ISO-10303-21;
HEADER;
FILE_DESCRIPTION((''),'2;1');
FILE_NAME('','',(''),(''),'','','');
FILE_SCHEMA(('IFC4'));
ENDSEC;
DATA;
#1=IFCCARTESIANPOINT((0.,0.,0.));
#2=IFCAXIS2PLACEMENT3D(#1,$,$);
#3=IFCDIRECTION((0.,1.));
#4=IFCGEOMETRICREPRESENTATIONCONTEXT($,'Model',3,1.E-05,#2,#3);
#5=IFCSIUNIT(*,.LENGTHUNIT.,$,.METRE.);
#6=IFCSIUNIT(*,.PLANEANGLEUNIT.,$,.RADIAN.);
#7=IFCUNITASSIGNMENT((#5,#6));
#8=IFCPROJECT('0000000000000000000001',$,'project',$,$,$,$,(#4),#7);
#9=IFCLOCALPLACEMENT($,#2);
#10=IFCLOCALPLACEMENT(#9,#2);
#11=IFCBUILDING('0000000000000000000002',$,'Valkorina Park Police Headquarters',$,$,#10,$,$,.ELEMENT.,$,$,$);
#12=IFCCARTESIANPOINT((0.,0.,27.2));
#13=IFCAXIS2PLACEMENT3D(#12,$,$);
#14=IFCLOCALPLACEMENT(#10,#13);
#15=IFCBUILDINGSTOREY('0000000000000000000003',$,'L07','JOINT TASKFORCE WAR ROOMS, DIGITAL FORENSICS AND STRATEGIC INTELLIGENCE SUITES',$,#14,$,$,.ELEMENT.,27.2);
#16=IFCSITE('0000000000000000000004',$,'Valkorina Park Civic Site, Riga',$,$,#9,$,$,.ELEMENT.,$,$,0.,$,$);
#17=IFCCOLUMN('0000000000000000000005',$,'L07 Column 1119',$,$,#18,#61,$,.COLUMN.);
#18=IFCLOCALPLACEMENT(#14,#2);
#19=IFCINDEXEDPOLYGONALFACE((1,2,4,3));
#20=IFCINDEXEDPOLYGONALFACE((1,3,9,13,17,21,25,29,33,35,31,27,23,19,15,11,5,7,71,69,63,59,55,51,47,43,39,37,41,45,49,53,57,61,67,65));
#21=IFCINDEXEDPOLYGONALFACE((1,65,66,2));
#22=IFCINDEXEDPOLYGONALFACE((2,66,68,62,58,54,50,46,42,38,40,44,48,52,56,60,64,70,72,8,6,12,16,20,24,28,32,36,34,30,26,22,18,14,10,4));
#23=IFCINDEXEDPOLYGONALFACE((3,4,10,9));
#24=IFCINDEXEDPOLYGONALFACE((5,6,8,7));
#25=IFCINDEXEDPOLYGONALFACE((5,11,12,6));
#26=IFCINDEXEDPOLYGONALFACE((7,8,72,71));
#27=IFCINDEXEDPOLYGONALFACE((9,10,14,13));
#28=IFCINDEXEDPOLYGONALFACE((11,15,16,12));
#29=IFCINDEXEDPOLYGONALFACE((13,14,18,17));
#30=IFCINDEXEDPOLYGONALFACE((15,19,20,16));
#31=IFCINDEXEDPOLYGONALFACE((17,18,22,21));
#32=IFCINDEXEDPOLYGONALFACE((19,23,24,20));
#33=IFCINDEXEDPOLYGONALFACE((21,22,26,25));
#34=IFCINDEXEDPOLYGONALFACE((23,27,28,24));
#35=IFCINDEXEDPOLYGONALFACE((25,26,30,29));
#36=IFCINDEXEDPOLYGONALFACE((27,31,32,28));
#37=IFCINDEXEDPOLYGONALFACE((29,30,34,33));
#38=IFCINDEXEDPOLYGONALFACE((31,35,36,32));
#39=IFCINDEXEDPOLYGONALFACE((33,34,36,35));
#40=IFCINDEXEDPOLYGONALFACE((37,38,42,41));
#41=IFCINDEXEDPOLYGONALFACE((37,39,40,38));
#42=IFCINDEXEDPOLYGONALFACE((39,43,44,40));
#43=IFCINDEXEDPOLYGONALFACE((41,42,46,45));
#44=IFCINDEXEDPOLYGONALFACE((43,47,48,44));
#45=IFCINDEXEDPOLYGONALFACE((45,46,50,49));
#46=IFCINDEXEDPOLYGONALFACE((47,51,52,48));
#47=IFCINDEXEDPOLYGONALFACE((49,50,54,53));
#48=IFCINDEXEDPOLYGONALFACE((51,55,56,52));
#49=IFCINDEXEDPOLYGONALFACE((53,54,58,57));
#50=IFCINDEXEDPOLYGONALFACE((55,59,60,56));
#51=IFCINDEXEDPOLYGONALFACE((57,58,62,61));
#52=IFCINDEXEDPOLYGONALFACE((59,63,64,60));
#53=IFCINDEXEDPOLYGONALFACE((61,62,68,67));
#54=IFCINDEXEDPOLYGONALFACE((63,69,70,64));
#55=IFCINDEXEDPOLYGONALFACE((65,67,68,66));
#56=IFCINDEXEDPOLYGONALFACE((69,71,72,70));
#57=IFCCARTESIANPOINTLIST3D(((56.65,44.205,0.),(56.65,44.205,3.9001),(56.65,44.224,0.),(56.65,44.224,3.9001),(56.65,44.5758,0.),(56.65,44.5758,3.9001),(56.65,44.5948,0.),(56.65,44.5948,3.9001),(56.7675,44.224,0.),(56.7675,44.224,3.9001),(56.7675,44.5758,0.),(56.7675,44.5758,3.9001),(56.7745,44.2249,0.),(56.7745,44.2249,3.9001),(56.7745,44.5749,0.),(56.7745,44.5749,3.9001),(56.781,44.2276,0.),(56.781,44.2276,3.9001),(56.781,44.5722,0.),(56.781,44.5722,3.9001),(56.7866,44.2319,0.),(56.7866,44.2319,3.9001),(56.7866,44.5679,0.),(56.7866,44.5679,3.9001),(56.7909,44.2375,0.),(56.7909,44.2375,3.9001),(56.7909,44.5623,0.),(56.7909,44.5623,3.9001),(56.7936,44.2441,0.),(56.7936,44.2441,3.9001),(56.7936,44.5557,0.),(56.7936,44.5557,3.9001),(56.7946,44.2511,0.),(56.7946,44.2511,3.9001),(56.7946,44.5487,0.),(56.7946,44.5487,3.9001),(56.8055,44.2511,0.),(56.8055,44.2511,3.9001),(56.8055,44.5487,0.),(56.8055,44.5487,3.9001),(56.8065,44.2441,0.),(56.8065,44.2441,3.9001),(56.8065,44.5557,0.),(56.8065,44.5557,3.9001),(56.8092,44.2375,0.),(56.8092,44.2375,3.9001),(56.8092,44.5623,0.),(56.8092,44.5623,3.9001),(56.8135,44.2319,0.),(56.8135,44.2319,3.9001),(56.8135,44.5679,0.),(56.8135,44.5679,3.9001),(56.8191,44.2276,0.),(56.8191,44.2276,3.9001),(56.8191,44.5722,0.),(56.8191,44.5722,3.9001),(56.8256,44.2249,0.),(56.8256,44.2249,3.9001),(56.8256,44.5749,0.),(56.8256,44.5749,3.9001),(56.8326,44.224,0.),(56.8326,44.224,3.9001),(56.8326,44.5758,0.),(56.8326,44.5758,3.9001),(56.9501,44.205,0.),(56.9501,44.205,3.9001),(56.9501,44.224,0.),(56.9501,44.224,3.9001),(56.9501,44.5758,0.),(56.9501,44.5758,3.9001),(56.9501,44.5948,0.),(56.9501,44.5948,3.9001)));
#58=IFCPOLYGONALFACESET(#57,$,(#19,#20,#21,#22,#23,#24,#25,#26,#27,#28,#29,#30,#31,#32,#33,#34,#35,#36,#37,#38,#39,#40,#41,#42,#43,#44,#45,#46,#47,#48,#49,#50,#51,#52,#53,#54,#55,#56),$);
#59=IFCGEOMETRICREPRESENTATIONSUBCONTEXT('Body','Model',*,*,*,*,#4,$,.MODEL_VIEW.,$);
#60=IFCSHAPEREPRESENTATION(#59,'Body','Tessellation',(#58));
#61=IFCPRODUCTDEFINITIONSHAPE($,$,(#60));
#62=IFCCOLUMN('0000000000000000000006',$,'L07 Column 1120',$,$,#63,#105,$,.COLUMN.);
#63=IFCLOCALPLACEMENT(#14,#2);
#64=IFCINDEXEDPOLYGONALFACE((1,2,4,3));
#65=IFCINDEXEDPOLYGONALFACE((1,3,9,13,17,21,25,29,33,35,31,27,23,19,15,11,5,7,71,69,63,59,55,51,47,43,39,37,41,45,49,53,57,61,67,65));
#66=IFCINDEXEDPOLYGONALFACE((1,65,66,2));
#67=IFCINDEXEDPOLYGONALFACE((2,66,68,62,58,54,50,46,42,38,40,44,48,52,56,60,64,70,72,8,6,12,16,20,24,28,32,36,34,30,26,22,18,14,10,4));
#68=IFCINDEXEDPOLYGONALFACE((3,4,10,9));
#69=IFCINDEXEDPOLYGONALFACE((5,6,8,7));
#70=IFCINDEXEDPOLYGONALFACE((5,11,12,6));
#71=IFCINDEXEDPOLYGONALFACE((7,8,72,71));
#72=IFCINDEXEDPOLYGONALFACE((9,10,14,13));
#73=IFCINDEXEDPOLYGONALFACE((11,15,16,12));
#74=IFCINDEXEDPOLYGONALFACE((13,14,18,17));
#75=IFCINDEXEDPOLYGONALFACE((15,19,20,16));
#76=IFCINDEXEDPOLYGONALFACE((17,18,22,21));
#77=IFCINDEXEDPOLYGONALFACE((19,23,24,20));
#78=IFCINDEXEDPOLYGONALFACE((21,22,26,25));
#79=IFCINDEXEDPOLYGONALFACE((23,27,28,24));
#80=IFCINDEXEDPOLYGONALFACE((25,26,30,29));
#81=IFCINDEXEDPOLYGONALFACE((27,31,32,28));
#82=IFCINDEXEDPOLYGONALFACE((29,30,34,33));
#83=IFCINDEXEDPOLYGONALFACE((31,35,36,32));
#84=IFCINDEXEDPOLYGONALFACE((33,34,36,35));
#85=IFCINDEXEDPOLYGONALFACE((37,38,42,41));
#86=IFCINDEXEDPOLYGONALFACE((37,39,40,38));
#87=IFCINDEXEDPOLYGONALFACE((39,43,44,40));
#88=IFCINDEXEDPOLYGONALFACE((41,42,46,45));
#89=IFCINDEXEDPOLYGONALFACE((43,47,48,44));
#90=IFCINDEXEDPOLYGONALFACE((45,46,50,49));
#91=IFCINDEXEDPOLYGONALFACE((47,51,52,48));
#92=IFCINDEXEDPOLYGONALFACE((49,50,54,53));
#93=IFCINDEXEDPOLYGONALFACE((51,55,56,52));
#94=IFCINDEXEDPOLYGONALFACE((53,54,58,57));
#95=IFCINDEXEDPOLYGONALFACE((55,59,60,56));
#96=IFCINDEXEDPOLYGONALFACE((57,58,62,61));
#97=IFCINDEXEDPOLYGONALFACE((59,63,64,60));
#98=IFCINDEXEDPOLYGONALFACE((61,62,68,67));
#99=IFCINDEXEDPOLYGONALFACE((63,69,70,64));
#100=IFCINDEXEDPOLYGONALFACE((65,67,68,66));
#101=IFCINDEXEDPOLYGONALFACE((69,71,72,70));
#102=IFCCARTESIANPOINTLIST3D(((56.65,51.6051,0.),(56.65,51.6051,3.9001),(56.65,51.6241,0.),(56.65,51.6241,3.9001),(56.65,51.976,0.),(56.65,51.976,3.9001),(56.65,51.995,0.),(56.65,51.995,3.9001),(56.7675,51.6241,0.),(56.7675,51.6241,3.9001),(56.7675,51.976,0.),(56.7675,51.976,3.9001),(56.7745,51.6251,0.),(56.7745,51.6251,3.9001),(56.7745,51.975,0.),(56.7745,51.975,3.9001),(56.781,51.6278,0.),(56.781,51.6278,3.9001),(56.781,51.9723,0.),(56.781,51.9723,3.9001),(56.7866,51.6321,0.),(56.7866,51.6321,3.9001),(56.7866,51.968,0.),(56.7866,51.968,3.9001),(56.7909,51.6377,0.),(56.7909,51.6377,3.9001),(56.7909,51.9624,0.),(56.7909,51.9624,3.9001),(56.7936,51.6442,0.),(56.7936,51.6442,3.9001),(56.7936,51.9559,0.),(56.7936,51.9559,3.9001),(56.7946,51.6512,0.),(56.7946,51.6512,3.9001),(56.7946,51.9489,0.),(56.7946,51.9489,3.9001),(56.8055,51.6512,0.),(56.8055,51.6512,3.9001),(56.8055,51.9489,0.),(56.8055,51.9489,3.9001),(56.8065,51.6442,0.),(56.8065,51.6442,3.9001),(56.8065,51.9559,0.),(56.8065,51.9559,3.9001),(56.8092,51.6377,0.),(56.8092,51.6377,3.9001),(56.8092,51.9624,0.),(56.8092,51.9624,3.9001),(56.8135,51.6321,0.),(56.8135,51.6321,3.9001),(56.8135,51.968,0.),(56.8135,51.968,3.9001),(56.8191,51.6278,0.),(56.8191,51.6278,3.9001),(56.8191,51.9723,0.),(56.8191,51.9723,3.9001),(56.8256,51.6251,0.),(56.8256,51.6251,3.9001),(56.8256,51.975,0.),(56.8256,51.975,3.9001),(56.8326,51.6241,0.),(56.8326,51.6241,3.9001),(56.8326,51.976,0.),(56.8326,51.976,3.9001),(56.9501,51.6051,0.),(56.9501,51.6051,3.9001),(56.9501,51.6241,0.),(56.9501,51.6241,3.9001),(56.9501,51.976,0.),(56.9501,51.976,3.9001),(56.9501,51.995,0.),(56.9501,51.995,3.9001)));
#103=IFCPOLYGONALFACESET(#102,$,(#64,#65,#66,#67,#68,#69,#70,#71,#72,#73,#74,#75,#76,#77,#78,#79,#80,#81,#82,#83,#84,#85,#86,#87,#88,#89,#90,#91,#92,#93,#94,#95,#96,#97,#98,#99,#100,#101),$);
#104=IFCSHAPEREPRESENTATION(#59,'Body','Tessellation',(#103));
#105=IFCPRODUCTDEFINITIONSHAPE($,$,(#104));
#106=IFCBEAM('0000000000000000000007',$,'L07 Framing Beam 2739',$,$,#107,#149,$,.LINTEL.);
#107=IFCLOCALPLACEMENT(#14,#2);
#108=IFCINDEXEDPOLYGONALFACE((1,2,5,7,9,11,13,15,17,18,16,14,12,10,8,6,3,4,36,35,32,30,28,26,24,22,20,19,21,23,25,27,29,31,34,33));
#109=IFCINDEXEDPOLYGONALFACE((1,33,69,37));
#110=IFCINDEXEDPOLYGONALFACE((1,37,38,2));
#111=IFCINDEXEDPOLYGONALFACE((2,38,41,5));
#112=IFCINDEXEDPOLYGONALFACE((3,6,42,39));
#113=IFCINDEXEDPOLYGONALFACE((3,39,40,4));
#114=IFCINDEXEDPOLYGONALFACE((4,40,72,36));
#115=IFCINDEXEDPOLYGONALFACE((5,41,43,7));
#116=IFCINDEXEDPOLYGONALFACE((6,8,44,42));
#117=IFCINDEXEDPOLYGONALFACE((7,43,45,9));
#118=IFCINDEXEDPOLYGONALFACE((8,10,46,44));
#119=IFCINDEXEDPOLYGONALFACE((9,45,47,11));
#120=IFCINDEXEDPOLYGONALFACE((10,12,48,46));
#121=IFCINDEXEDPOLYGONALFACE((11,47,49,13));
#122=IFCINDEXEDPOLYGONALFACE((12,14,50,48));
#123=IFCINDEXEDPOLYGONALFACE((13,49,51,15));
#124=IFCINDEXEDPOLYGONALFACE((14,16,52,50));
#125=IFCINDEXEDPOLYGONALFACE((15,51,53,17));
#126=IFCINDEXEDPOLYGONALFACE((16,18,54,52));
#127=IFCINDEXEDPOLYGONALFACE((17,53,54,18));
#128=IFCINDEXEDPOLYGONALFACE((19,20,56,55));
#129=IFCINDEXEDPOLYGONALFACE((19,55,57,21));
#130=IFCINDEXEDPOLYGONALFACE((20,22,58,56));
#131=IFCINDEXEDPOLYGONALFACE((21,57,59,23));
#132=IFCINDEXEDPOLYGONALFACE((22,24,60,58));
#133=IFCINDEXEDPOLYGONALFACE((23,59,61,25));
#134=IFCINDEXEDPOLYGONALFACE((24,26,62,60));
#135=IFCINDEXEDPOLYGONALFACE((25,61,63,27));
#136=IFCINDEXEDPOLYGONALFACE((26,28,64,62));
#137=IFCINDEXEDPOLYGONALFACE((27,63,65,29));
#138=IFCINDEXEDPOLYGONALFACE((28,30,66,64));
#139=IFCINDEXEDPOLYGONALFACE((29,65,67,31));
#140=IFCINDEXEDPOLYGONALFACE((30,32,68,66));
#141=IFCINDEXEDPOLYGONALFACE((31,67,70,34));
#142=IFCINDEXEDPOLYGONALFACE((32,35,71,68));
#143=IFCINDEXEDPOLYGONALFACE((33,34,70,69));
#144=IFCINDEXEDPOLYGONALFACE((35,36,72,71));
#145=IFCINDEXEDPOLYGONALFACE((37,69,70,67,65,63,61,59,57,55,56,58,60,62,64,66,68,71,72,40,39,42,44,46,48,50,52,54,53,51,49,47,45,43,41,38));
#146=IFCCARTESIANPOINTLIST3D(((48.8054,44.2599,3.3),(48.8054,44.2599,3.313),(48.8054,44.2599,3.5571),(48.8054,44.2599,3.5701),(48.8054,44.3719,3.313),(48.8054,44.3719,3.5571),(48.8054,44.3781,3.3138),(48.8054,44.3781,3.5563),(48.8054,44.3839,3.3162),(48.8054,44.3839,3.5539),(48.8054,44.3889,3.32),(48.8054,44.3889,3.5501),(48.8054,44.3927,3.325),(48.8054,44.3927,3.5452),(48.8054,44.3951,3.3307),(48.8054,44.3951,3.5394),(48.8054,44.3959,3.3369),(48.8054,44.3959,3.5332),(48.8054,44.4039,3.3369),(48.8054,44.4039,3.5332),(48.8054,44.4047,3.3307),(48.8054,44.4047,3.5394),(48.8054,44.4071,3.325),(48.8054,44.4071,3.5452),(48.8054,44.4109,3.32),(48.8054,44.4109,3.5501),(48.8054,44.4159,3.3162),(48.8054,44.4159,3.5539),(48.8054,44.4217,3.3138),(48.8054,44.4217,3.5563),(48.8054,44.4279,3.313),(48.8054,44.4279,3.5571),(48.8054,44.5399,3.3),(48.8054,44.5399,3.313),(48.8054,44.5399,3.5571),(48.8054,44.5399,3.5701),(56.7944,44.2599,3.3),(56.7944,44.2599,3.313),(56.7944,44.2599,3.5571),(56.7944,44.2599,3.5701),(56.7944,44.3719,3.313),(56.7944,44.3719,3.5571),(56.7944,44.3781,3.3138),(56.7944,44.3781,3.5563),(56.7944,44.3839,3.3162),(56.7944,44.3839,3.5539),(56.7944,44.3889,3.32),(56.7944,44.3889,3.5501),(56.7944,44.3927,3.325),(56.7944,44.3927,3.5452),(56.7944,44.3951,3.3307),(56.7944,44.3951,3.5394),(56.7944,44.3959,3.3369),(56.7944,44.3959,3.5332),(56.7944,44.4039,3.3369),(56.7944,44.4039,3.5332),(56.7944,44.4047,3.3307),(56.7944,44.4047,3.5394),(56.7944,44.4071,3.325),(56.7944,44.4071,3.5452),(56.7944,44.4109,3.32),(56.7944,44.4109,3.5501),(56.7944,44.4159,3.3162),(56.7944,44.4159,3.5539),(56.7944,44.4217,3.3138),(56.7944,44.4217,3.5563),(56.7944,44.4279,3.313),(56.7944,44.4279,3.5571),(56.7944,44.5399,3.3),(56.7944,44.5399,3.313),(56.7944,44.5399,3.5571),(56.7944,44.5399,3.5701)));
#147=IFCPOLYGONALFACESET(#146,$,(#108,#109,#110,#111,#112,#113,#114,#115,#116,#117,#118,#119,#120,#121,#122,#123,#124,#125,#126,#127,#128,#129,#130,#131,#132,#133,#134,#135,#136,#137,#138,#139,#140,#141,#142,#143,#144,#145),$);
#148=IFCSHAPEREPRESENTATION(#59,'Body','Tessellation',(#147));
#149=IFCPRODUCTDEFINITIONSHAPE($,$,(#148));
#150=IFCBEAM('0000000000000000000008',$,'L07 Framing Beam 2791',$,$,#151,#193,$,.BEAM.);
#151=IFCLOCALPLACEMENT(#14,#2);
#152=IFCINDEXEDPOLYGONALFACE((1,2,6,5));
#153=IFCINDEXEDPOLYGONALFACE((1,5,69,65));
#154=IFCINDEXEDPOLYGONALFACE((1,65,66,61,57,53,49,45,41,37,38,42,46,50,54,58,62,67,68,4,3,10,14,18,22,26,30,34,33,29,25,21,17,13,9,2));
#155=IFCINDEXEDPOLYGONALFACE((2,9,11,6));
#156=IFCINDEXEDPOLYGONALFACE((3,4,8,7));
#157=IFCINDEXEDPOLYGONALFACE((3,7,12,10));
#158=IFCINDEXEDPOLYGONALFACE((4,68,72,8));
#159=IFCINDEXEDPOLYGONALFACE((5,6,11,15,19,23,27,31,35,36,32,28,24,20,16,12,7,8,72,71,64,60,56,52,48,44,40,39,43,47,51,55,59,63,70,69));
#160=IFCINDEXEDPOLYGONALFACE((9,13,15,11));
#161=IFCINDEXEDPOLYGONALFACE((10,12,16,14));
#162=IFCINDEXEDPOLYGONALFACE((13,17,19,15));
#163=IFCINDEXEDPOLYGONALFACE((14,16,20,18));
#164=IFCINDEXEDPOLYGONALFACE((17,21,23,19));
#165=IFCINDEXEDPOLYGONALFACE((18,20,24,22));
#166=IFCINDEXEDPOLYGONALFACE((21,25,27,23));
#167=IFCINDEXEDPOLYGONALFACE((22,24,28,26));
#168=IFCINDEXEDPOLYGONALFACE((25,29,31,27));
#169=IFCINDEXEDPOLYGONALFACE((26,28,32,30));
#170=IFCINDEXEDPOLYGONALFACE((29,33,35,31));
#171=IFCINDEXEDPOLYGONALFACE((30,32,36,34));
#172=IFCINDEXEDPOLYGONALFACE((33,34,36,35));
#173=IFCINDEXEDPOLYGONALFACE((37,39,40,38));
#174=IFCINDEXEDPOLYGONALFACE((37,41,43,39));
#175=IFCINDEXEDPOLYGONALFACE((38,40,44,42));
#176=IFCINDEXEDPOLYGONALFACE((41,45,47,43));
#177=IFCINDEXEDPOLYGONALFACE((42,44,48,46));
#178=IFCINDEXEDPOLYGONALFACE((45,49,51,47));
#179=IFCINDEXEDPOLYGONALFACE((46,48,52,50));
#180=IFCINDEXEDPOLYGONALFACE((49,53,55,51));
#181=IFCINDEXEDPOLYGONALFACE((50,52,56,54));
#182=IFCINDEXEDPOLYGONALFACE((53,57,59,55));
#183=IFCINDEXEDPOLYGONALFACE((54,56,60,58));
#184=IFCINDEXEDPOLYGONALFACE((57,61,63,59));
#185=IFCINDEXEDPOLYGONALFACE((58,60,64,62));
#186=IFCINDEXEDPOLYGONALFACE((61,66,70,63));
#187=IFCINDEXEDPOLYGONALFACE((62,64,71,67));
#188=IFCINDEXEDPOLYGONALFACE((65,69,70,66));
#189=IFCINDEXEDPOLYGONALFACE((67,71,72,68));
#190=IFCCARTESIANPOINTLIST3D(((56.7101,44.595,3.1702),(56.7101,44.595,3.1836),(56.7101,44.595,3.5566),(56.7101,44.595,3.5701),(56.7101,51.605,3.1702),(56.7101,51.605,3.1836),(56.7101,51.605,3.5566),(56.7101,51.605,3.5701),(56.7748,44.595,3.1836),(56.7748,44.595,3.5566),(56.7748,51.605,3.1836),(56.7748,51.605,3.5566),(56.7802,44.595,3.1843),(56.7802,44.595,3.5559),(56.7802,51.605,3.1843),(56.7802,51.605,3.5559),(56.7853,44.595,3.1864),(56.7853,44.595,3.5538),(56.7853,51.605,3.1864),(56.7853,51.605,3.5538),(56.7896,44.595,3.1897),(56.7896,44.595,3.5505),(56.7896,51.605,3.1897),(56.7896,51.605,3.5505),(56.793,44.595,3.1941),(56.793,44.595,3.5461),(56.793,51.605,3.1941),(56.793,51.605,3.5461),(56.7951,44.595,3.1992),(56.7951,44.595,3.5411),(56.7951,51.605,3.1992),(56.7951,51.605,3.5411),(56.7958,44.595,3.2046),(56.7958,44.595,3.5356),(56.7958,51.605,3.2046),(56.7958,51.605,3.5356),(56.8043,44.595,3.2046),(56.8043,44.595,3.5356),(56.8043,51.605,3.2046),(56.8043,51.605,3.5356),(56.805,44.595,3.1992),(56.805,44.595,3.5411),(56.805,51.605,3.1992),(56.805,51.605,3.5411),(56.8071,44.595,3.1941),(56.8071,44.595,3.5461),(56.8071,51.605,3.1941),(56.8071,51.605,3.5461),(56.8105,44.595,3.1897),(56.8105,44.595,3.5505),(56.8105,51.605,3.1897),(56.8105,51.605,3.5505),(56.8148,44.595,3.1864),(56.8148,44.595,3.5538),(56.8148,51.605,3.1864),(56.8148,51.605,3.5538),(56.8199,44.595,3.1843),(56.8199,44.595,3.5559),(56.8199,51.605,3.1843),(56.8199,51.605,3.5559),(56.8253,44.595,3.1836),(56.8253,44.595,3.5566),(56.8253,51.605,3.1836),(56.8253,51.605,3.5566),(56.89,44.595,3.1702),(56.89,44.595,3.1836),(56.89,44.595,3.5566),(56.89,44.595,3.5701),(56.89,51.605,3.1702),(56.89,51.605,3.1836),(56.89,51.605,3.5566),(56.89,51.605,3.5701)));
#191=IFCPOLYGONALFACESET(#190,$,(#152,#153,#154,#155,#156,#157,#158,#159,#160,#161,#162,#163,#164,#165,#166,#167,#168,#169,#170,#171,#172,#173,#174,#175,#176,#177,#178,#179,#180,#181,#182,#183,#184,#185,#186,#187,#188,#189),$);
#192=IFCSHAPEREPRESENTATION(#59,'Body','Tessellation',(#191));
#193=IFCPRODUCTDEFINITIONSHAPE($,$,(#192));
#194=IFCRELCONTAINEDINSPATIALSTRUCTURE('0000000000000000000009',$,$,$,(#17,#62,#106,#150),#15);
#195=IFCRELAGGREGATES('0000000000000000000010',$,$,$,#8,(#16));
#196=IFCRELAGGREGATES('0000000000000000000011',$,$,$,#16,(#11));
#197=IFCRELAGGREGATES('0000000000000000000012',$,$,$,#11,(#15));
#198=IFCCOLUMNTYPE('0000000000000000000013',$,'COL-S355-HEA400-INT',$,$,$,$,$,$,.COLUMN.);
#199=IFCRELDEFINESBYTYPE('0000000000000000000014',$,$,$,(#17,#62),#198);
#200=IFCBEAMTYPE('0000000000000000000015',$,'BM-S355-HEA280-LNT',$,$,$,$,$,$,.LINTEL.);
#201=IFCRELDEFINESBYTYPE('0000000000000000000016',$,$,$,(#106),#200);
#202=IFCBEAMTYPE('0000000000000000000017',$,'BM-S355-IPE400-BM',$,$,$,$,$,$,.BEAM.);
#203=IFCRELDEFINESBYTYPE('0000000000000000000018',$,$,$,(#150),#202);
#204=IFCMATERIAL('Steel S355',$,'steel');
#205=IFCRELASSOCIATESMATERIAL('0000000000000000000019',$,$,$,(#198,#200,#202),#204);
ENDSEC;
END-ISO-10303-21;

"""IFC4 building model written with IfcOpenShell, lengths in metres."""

from ifc_helpers import new_model, si_unit, direction, frame, origin, origin_2d, place, context, subcontext, project, spatial, i_section, extrude, material, material_profile, profile_set, type_object, element, save


model = new_model("IFC4")

# Units and contexts
model_context = context("Model", 3, precision=1e-05, world=origin(), true_north=direction((0.0, 1.0)))
body_context = subcontext(model_context, "Body", "Model", "MODEL_VIEW")
ifc_project = project(units=[si_unit("LENGTHUNIT", "METRE"), si_unit("PLANEANGLEUNIT", "RADIAN")], contexts=[model_context])

# Site, building, storey
site_placement = place(None, origin())
site = spatial("IfcSite", under=ifc_project, at=site_placement, Name="Valkorina Park Civic Site, Riga", CompositionType="ELEMENT", RefElevation=0.0)
building_placement = place(site_placement, origin())
building = spatial("IfcBuilding", under=site, at=building_placement, Name="Valkorina Park Police Headquarters", CompositionType="ELEMENT")
storey_placement = place(building_placement, frame((0.0, 0.0, 27.2)))
storey = spatial("IfcBuildingStorey", under=building, at=storey_placement, Name="L07", Description="JOINT TASKFORCE WAR ROOMS, DIGITAL FORENSICS AND STRATEGIC INTELLIGENCE SUITES", CompositionType="ELEMENT", Elevation=27.2)

# Columns
ifc_material_1 = material(Name="Steel S355", Category="steel")
ifc_material_profile_1 = material_profile(ifc_material_1, i_section(OverallWidth=0.3, OverallDepth=0.3899, WebThickness=0.011, FlangeThickness=0.019, FilletRadius=0.0271, at=origin_2d()), Name="HEA 400")
ifc_profile_set_1 = profile_set([ifc_material_profile_1], Name="Steel S355")
column_type = type_object("IfcColumnType", Name="COL-S355-HEA400-INT", PredefinedType="COLUMN", material=ifc_profile_set_1)
for number, where, z_axis, x_axis, name in (
    (1, (56.8, 44.3999, 0.0), (0.0, 0.0, 1.0), (1.0, 0.0, 0.0), "L07 Column 1119"),
    (2, (56.8, 51.8, 0.0), (0.0, 0.0, 1.0), (1.0, 0.0, 0.0), "L07 Column 1120"),
):
    element("IfcColumn", number, at=place(storey_placement, frame(where, z_axis=z_axis, x_axis=x_axis)), inside=storey, type_object=column_type, Name=name, PredefinedType="COLUMN", context=body_context, shape_type="SweptSolid", body=[
        extrude(i_section(OverallWidth=0.3, OverallDepth=0.3899, WebThickness=0.011, FlangeThickness=0.019, FilletRadius=0.0271, at=origin_2d()), origin(), (0.0, 0.0, 1.0), 3.9001),
    ])

# Beams
ifc_material_profile_2 = material_profile(ifc_material_1, i_section(OverallWidth=0.28, OverallDepth=0.27, WebThickness=0.0081, FlangeThickness=0.0129, FilletRadius=0.0239, at=origin_2d()), Name="HEA 280")
ifc_profile_set_2 = profile_set([ifc_material_profile_2], Name="Steel S355")
beam_type_1 = type_object("IfcBeamType", Name="BM-S355-HEA280-LNT", PredefinedType="LINTEL", material=ifc_profile_set_2)
beam_1_placement = place(storey_placement, frame((48.8054, 44.3999, 3.4351), z_axis=(1.0, 0.0, 0.0), x_axis=(0.0, 1.0, 0.0)))
element("IfcBeam", 3, at=beam_1_placement, inside=storey, type_object=beam_type_1, Name="L07 Framing Beam 2739", PredefinedType="LINTEL", context=body_context, shape_type="SweptSolid", body=[
    extrude(i_section(OverallWidth=0.28, OverallDepth=0.27, WebThickness=0.0081, FlangeThickness=0.0129, FilletRadius=0.0239, at=origin_2d()), origin(), (0.0, 0.0, 1.0), 7.989),
])
ifc_material_profile_3 = material_profile(ifc_material_1, i_section(OverallWidth=0.1799, OverallDepth=0.3999, WebThickness=0.0085, FlangeThickness=0.0134, FilletRadius=0.021, at=origin_2d()), Name="IPE 400")
ifc_profile_set_3 = profile_set([ifc_material_profile_3], Name="Steel S355")
beam_type_2 = type_object("IfcBeamType", Name="BM-S355-IPE400-BM", PredefinedType="BEAM", material=ifc_profile_set_3)
beam_2_placement = place(storey_placement, frame((56.8, 44.595, 3.3701), z_axis=(0.0, 1.0, 0.0), x_axis=(-1.0, 0.0, 0.0)))
element("IfcBeam", 4, at=beam_2_placement, inside=storey, type_object=beam_type_2, Name="L07 Framing Beam 2791", PredefinedType="BEAM", context=body_context, shape_type="SweptSolid", body=[
    extrude(i_section(OverallWidth=0.1799, OverallDepth=0.3999, WebThickness=0.0085, FlangeThickness=0.0134, FilletRadius=0.021, at=origin_2d()), origin(), (0.0, 0.0, 1.0), 7.01),
])

save(model, "model.ifc")
